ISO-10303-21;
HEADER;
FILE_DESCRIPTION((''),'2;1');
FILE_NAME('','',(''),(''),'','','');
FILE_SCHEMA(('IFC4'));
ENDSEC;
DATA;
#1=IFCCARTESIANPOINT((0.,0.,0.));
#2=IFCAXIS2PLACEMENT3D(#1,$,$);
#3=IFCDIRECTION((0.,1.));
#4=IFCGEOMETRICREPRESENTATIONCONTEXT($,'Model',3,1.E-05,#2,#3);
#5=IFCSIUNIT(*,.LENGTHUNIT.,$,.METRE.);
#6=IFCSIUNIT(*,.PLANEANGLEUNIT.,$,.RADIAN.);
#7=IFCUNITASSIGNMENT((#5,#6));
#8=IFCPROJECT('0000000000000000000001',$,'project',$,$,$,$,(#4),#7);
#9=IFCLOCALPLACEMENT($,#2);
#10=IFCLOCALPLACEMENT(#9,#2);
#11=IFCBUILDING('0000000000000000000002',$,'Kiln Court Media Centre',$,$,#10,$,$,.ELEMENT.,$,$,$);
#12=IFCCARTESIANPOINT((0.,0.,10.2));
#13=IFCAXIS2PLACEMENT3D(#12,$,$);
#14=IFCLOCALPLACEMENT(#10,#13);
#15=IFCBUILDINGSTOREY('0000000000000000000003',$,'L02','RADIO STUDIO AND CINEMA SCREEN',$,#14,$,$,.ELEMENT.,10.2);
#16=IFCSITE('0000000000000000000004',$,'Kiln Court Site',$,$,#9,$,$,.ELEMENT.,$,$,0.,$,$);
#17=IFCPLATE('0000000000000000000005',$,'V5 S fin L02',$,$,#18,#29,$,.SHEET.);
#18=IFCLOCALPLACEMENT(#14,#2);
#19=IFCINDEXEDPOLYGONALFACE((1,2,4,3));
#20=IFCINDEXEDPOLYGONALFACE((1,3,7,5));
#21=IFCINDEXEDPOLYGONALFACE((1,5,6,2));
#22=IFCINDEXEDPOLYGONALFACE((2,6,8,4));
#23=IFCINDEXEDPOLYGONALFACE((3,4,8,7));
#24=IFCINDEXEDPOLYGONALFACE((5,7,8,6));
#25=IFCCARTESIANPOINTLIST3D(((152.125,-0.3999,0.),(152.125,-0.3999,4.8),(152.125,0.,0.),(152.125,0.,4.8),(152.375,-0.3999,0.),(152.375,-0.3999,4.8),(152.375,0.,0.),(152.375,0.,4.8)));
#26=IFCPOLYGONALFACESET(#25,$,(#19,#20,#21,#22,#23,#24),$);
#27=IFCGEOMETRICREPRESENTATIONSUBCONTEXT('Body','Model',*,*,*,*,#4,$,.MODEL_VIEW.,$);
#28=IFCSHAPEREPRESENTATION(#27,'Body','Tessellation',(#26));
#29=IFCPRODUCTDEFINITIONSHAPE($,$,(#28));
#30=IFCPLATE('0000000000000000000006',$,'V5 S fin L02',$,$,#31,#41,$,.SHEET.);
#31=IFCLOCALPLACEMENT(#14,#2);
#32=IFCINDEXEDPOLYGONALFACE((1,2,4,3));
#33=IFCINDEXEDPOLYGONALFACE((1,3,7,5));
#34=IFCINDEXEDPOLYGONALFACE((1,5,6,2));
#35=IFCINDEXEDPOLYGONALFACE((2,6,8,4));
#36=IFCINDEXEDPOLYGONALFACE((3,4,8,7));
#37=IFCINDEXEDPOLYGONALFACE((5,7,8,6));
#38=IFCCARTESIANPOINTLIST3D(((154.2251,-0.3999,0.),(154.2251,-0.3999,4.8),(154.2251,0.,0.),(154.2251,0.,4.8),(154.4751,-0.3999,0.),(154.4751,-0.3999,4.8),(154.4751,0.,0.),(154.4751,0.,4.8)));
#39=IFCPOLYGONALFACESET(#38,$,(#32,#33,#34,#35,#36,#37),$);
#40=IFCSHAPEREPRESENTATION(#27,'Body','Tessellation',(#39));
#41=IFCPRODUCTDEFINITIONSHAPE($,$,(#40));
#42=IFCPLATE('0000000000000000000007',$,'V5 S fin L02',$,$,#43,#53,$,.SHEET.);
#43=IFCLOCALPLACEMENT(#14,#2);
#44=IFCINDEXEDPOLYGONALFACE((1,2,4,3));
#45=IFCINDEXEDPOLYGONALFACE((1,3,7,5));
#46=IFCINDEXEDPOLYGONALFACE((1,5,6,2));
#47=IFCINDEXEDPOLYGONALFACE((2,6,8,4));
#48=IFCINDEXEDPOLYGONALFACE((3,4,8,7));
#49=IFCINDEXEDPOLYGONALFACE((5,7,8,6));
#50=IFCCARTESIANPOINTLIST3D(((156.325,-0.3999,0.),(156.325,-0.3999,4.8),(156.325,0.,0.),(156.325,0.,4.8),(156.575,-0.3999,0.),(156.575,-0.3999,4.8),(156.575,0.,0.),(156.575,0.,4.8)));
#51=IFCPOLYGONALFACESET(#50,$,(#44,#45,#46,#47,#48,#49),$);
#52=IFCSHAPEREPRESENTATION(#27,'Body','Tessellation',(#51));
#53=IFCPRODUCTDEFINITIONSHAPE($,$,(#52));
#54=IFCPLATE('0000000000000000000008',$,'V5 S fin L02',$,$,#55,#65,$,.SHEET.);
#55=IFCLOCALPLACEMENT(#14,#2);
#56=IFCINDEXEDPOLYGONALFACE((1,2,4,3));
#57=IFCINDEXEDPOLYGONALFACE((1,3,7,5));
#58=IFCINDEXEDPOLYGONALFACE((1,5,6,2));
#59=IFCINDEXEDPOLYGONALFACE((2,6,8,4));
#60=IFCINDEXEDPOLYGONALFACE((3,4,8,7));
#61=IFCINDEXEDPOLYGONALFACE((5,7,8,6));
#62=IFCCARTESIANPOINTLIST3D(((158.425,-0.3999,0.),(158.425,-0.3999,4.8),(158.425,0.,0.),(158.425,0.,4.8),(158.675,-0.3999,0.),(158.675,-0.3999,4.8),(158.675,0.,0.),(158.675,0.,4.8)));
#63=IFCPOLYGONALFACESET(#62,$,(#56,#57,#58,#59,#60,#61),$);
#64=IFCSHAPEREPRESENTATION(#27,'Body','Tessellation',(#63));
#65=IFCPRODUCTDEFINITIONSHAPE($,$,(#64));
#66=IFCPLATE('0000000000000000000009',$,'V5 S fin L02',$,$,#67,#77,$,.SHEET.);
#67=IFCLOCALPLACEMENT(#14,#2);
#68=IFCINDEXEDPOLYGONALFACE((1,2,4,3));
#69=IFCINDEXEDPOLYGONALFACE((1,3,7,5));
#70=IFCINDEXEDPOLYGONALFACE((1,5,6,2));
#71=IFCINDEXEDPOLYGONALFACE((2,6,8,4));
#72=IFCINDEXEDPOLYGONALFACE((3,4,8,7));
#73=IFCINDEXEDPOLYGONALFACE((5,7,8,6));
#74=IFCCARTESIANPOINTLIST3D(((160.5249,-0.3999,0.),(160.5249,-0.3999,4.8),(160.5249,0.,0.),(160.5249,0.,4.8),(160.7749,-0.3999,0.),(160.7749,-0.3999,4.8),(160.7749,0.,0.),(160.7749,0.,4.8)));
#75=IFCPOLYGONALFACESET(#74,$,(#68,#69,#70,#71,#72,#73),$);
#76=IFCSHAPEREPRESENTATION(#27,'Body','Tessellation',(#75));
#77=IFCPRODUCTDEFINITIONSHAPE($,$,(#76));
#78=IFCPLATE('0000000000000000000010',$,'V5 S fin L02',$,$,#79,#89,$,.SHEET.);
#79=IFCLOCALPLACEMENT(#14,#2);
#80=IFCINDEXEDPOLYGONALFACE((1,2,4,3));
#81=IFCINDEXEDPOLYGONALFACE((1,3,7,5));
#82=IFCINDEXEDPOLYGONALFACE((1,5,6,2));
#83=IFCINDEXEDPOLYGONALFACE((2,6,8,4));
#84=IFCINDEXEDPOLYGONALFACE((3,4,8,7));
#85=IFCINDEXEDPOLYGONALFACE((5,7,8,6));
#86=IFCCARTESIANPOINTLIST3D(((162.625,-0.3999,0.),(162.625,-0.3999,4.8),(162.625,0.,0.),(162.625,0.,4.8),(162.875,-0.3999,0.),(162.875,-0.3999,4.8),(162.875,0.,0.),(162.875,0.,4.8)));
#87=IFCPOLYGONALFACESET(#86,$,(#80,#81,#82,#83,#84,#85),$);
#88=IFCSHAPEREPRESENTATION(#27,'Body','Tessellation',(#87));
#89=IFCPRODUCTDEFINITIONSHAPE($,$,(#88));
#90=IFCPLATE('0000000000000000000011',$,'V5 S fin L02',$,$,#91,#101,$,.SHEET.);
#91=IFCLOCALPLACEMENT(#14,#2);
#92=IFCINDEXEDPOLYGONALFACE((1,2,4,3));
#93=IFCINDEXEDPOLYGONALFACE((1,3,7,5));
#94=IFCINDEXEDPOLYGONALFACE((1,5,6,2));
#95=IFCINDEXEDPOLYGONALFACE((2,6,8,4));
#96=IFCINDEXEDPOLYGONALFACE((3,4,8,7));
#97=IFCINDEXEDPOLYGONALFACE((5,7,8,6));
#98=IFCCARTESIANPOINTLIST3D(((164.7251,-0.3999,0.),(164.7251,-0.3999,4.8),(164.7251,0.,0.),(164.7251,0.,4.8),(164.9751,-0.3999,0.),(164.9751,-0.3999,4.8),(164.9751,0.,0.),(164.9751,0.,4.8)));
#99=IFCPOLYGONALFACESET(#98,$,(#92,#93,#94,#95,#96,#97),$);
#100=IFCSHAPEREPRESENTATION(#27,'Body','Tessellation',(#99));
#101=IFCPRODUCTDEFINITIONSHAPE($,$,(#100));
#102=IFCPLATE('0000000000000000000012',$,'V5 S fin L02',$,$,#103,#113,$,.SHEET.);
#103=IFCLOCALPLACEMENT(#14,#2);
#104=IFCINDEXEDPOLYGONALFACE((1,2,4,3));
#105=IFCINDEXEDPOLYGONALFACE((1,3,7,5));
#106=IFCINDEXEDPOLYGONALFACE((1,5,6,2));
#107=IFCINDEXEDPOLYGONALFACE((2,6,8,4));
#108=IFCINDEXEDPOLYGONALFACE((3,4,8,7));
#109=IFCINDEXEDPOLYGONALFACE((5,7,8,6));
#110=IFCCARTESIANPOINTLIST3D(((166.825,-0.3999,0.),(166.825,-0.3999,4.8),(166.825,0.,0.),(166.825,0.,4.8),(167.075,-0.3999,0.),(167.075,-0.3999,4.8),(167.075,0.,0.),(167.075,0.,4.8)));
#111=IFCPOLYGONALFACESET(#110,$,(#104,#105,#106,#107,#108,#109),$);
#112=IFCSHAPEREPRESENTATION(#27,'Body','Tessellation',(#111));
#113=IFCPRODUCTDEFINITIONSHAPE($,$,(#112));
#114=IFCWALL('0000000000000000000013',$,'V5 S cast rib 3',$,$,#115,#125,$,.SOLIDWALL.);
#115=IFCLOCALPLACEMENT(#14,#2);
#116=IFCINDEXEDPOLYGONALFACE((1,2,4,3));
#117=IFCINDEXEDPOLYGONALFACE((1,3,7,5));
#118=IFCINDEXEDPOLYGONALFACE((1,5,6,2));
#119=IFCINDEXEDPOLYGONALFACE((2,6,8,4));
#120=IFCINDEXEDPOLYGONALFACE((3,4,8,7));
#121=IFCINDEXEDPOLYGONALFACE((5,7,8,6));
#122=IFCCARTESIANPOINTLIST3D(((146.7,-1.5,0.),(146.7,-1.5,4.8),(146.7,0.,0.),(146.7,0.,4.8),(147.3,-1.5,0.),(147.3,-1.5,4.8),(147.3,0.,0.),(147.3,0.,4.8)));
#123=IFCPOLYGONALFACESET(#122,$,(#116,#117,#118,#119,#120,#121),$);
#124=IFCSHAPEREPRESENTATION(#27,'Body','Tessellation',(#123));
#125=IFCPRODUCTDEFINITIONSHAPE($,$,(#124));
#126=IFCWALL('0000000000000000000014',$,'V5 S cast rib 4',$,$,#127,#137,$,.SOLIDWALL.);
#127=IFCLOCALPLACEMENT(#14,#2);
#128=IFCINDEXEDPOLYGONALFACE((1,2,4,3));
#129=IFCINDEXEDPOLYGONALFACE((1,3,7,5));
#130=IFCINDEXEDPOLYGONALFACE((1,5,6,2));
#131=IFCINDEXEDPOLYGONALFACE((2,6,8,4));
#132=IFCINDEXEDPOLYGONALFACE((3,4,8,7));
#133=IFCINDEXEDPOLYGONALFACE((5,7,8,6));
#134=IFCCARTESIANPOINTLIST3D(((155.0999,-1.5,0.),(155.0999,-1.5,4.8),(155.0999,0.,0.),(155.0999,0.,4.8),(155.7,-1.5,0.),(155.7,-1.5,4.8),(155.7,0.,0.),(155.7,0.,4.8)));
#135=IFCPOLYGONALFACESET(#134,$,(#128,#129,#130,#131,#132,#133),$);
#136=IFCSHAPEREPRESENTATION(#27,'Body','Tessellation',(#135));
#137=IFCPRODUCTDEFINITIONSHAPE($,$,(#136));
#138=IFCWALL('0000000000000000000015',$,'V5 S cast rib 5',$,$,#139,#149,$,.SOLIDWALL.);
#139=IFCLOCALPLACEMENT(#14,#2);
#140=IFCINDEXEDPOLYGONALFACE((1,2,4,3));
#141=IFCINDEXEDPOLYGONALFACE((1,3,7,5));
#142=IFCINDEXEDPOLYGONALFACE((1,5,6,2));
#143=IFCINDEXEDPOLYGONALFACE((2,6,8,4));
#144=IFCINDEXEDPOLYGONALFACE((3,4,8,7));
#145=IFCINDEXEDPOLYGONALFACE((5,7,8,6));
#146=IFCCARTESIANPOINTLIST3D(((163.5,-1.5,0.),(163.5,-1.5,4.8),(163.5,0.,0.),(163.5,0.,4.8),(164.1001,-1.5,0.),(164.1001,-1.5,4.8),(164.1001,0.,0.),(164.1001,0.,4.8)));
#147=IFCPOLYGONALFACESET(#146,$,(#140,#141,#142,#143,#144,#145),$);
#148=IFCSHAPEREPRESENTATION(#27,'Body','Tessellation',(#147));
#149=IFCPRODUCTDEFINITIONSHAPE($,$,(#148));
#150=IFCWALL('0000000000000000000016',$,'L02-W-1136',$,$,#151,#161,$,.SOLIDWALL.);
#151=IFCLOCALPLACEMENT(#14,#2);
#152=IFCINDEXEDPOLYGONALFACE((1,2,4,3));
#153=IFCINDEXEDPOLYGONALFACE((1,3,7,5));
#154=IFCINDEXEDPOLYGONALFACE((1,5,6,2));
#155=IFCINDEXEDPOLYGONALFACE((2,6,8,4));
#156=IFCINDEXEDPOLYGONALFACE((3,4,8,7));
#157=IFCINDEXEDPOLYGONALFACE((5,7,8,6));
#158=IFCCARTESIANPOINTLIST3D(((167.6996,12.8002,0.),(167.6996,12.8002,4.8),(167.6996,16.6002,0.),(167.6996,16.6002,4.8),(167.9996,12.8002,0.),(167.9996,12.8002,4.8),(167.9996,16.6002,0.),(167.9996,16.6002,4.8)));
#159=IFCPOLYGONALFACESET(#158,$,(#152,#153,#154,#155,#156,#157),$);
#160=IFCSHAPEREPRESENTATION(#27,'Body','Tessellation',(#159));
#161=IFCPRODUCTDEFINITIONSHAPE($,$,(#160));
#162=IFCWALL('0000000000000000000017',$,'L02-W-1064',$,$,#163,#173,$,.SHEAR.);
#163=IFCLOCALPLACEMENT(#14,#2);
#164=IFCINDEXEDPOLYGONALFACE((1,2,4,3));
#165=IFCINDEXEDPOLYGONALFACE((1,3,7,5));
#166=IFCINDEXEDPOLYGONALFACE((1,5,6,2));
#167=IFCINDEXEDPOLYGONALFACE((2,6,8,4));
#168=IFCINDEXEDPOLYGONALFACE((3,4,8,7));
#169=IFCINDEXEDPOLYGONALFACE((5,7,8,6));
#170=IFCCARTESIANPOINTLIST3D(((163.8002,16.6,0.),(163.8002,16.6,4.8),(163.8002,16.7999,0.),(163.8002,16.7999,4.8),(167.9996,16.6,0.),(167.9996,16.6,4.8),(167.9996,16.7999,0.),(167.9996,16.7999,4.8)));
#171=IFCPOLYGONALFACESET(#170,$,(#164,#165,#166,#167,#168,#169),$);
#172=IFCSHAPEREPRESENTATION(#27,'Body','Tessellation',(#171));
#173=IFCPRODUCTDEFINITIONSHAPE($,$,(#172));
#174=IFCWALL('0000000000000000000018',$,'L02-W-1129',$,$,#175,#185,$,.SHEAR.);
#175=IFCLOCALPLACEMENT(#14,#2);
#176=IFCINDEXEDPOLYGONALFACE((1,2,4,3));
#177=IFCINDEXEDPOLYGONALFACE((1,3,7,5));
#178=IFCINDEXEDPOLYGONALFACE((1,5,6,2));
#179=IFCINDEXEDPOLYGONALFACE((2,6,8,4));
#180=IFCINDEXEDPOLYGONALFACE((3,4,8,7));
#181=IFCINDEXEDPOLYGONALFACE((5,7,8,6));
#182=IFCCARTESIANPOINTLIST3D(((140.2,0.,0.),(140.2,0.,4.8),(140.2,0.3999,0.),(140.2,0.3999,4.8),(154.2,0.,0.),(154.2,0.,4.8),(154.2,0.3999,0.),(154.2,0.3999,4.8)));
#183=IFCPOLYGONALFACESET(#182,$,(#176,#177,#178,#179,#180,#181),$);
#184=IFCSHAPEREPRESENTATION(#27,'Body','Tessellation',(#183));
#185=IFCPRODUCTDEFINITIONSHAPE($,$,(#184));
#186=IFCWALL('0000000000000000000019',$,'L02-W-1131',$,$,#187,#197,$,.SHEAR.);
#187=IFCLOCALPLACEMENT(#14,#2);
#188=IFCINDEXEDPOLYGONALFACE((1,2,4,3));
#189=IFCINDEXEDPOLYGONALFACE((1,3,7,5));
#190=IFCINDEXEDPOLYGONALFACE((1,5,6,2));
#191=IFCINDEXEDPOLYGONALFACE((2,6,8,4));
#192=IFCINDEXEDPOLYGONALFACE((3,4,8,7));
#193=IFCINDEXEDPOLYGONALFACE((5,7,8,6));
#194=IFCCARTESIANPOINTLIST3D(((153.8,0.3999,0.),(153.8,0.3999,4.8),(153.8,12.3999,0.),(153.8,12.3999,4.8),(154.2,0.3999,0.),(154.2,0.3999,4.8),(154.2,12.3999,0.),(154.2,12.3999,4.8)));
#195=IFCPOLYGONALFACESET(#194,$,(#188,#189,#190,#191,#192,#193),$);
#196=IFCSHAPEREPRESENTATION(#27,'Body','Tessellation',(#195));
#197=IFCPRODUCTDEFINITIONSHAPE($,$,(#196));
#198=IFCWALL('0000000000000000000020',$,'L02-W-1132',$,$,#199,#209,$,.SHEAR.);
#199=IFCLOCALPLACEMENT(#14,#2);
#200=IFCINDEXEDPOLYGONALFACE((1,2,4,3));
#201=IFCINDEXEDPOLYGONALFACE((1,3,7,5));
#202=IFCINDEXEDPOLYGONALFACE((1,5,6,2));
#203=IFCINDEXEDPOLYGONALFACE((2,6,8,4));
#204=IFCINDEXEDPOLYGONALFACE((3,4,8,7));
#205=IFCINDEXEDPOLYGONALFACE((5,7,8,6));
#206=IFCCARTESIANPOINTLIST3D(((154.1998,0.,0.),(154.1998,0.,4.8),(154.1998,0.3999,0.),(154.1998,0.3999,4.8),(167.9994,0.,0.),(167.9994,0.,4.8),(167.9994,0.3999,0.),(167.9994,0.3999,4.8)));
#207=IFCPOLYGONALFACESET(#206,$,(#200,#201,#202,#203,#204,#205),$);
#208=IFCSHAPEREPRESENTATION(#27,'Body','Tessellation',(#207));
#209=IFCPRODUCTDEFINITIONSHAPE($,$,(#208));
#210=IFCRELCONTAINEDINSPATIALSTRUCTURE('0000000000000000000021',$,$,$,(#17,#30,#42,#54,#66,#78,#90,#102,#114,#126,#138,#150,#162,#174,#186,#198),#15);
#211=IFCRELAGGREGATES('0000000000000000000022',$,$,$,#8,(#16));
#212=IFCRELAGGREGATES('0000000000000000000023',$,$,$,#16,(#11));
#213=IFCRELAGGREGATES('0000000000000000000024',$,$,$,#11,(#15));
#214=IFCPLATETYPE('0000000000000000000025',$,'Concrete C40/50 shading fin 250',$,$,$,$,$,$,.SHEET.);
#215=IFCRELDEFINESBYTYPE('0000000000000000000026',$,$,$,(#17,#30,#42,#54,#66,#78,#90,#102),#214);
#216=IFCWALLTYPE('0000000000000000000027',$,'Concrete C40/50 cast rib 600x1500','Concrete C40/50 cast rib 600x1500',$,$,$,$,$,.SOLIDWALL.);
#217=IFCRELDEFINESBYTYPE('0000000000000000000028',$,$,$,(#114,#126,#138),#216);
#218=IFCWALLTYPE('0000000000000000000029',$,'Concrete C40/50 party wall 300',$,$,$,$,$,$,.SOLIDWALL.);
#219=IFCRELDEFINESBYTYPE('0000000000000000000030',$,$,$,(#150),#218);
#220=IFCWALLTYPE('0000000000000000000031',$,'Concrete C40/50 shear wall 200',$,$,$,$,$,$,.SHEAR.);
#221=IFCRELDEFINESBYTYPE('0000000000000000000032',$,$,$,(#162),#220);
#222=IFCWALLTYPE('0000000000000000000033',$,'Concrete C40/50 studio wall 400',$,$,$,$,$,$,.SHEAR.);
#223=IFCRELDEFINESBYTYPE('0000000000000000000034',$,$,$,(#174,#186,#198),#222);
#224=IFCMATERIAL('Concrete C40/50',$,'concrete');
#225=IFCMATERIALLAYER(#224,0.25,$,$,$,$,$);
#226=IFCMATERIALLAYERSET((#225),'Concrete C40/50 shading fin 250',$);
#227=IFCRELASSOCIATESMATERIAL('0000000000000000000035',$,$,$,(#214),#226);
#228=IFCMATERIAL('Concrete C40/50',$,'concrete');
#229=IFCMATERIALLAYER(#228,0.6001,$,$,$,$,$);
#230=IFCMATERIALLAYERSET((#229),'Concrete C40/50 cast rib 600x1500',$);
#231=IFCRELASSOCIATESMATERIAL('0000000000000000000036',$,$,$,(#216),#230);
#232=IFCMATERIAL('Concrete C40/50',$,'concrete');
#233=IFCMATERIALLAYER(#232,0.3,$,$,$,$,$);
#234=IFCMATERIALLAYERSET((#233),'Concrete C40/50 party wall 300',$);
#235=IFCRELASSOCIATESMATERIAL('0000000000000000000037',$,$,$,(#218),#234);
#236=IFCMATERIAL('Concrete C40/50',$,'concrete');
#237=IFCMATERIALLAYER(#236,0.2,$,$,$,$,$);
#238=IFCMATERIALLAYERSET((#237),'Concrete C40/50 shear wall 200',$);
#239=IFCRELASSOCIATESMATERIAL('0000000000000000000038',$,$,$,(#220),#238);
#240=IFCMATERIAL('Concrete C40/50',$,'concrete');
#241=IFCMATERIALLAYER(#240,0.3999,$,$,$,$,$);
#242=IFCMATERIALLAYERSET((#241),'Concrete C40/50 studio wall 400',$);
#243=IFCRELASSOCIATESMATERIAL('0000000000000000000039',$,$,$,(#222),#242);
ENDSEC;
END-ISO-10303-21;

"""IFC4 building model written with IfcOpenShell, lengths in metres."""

from ifc_helpers import new_model, si_unit, direction, frame, frame_2d, origin, origin_2d, place, context, subcontext, project, spatial, rectangle, extrude, material, layer, layer_set, type_object, element, save


model = new_model("IFC4")

# Units and contexts
model_context = context("Model", 3, precision=1e-05, world=origin(), true_north=direction((0.0, 1.0)))
body_context = subcontext(model_context, "Body", "Model", "MODEL_VIEW")
ifc_project = project(units=[si_unit("LENGTHUNIT", "METRE"), si_unit("PLANEANGLEUNIT", "RADIAN")], contexts=[model_context])

# Site, building, storey
site_placement = place(None, origin())
site = spatial("IfcSite", under=ifc_project, at=site_placement, Name="Kiln Court Site", CompositionType="ELEMENT", RefElevation=0.0)
building_placement = place(site_placement, origin())
building = spatial("IfcBuilding", under=site, at=building_placement, Name="Kiln Court Media Centre", CompositionType="ELEMENT")
storey_placement = place(building_placement, frame((0.0, 0.0, 10.2)))
storey = spatial("IfcBuildingStorey", under=building, at=storey_placement, Name="L02", Description="RADIO STUDIO AND CINEMA SCREEN", CompositionType="ELEMENT", Elevation=10.2)

# Plates
ifc_material_1 = material(Name="Concrete C40/50", Category="concrete")
ifc_layer_1 = layer(ifc_material_1, 0.25)
ifc_layer_set_1 = layer_set([ifc_layer_1], Name="Concrete C40/50 shading fin 250")
plate_type = type_object("IfcPlateType", Name="Concrete C40/50 shading fin 250", PredefinedType="SHEET", material=ifc_layer_set_1)
for number, where, z_axis, x_axis, name in (
    (1, (152.25, -0.2, 0.0), (0.0, 0.0, 1.0), (1.0, 0.0, 0.0), "V5 S fin L02"),
    (2, (154.3501, -0.2, 0.0), (0.0, 0.0, 1.0), (1.0, 0.0, 0.0), "V5 S fin L02"),
    (3, (156.45, -0.2, 0.0), (0.0, 0.0, 1.0), (1.0, 0.0, 0.0), "V5 S fin L02"),
    (4, (158.55, -0.2, 0.0), (0.0, 0.0, 1.0), (1.0, 0.0, 0.0), "V5 S fin L02"),
    (5, (160.6499, -0.2, 0.0), (0.0, 0.0, 1.0), (1.0, 0.0, 0.0), "V5 S fin L02"),
    (6, (162.75, -0.2, 0.0), (0.0, 0.0, 1.0), (1.0, 0.0, 0.0), "V5 S fin L02"),
    (7, (164.8501, -0.2, 0.0), (0.0, 0.0, 1.0), (1.0, 0.0, 0.0), "V5 S fin L02"),
    (8, (166.95, -0.2, 0.0), (0.0, 0.0, 1.0), (1.0, 0.0, 0.0), "V5 S fin L02"),
):
    element("IfcPlate", number, at=place(storey_placement, frame(where, z_axis=z_axis, x_axis=x_axis)), inside=storey, type_object=plate_type, Name=name, PredefinedType="SHEET", context=body_context, shape_type="SweptSolid", body=[
        extrude(rectangle(XDim=0.25, YDim=0.3999, at=origin_2d()), origin(), (0.0, 0.0, 1.0), 4.8),
    ])

# Walls
ifc_material_2 = material(Name="Concrete C40/50", Category="concrete")
ifc_layer_2 = layer(ifc_material_2, 0.6001)
ifc_layer_set_2 = layer_set([ifc_layer_2], Name="Concrete C40/50 cast rib 600x1500")
wall_type_1 = type_object("IfcWallType", Name="Concrete C40/50 cast rib 600x1500", Description="Concrete C40/50 cast rib 600x1500", PredefinedType="SOLIDWALL", material=ifc_layer_set_2)
for number, where, z_axis, x_axis, name in (
    (9, (147.0, 0.0, 0.0), (0.0, 0.0, 1.0), (0.0, -1.0, 0.0), "V5 S cast rib 3"),
    (10, (155.3999, 0.0, 0.0), (0.0, 0.0, 1.0), (0.0, -1.0, 0.0), "V5 S cast rib 4"),
    (11, (163.8, 0.0, 0.0), (0.0, 0.0, 1.0), (0.0, -1.0, 0.0), "V5 S cast rib 5"),
):
    element("IfcWall", number, at=place(storey_placement, frame(where, z_axis=z_axis, x_axis=x_axis)), inside=storey, type_object=wall_type_1, Name=name, PredefinedType="SOLIDWALL", context=body_context, shape_type="SweptSolid", body=[
        extrude(rectangle(XDim=1.5, YDim=0.6001, at=frame_2d((0.75, 0.0))), origin(), (0.0, 0.0, 1.0), 4.8),
    ])
ifc_material_3 = material(Name="Concrete C40/50", Category="concrete")
ifc_layer_3 = layer(ifc_material_3, 0.3)
ifc_layer_set_3 = layer_set([ifc_layer_3], Name="Concrete C40/50 party wall 300")
wall_type_2 = type_object("IfcWallType", Name="Concrete C40/50 party wall 300", PredefinedType="SOLIDWALL", material=ifc_layer_set_3)
wall_1_placement = place(storey_placement, frame((167.8496, 16.6001, 0.0), z_axis=(0.0, 0.0, 1.0), x_axis=(0.0, -1.0, 0.0)))
element("IfcWall", 12, at=wall_1_placement, inside=storey, type_object=wall_type_2, Name="L02-W-1136", PredefinedType="SOLIDWALL", context=body_context, shape_type="SweptSolid", body=[
    extrude(rectangle(XDim=3.8, YDim=0.3, at=frame_2d((1.8999, 0.0))), origin(), (0.0, 0.0, 1.0), 4.8),
])
ifc_material_4 = material(Name="Concrete C40/50", Category="concrete")
ifc_layer_4 = layer(ifc_material_4, 0.2)
ifc_layer_set_4 = layer_set([ifc_layer_4], Name="Concrete C40/50 shear wall 200")
wall_type_3 = type_object("IfcWallType", Name="Concrete C40/50 shear wall 200", PredefinedType="SHEAR", material=ifc_layer_set_4)
wall_2_placement = place(storey_placement, frame((167.9995, 16.7, 0.0), z_axis=(0.0, 0.0, 1.0), x_axis=(-1.0, 0.0, 0.0)))
element("IfcWall", 13, at=wall_2_placement, inside=storey, type_object=wall_type_3, Name="L02-W-1064", PredefinedType="SHEAR", context=body_context, shape_type="SweptSolid", body=[
    extrude(rectangle(XDim=4.1995, YDim=0.2, at=frame_2d((2.0996, 0.0))), origin(), (0.0, 0.0, 1.0), 4.8),
])
ifc_material_5 = material(Name="Concrete C40/50", Category="concrete")
ifc_layer_5 = layer(ifc_material_5, 0.3999)
ifc_layer_set_5 = layer_set([ifc_layer_5], Name="Concrete C40/50 studio wall 400")
wall_type_4 = type_object("IfcWallType", Name="Concrete C40/50 studio wall 400", PredefinedType="SHEAR", material=ifc_layer_set_5)
wall_3_placement = place(storey_placement, frame((154.2, 0.2, 0.0), z_axis=(0.0, 0.0, 1.0), x_axis=(-1.0, 0.0, 0.0)))
element("IfcWall", 14, at=wall_3_placement, inside=storey, type_object=wall_type_4, Name="L02-W-1129", PredefinedType="SHEAR", context=body_context, shape_type="SweptSolid", body=[
    extrude(rectangle(XDim=14.0, YDim=0.3999, at=frame_2d((7.0, 0.0))), origin(), (0.0, 0.0, 1.0), 4.8),
])
wall_4_placement = place(storey_placement, frame((154.0, 12.3999, 0.0), z_axis=(0.0, 0.0, 1.0), x_axis=(0.0, -1.0, 0.0)))
element("IfcWall", 15, at=wall_4_placement, inside=storey, type_object=wall_type_4, Name="L02-W-1131", PredefinedType="SHEAR", context=body_context, shape_type="SweptSolid", body=[
    extrude(rectangle(XDim=12.0, YDim=0.3999, at=frame_2d((6.0, 0.0))), origin(), (0.0, 0.0, 1.0), 4.8),
])
wall_5_placement = place(storey_placement, frame((167.9995, 0.2, 0.0), z_axis=(0.0, 0.0, 1.0), x_axis=(-1.0, 0.0, 0.0)))
element("IfcWall", 16, at=wall_5_placement, inside=storey, type_object=wall_type_4, Name="L02-W-1132", PredefinedType="SHEAR", context=body_context, shape_type="SweptSolid", body=[
    extrude(rectangle(XDim=13.7996, YDim=0.3999, at=frame_2d((6.8999, 0.0))), origin(), (0.0, 0.0, 1.0), 4.8),
])

save(model, "model.ifc")
